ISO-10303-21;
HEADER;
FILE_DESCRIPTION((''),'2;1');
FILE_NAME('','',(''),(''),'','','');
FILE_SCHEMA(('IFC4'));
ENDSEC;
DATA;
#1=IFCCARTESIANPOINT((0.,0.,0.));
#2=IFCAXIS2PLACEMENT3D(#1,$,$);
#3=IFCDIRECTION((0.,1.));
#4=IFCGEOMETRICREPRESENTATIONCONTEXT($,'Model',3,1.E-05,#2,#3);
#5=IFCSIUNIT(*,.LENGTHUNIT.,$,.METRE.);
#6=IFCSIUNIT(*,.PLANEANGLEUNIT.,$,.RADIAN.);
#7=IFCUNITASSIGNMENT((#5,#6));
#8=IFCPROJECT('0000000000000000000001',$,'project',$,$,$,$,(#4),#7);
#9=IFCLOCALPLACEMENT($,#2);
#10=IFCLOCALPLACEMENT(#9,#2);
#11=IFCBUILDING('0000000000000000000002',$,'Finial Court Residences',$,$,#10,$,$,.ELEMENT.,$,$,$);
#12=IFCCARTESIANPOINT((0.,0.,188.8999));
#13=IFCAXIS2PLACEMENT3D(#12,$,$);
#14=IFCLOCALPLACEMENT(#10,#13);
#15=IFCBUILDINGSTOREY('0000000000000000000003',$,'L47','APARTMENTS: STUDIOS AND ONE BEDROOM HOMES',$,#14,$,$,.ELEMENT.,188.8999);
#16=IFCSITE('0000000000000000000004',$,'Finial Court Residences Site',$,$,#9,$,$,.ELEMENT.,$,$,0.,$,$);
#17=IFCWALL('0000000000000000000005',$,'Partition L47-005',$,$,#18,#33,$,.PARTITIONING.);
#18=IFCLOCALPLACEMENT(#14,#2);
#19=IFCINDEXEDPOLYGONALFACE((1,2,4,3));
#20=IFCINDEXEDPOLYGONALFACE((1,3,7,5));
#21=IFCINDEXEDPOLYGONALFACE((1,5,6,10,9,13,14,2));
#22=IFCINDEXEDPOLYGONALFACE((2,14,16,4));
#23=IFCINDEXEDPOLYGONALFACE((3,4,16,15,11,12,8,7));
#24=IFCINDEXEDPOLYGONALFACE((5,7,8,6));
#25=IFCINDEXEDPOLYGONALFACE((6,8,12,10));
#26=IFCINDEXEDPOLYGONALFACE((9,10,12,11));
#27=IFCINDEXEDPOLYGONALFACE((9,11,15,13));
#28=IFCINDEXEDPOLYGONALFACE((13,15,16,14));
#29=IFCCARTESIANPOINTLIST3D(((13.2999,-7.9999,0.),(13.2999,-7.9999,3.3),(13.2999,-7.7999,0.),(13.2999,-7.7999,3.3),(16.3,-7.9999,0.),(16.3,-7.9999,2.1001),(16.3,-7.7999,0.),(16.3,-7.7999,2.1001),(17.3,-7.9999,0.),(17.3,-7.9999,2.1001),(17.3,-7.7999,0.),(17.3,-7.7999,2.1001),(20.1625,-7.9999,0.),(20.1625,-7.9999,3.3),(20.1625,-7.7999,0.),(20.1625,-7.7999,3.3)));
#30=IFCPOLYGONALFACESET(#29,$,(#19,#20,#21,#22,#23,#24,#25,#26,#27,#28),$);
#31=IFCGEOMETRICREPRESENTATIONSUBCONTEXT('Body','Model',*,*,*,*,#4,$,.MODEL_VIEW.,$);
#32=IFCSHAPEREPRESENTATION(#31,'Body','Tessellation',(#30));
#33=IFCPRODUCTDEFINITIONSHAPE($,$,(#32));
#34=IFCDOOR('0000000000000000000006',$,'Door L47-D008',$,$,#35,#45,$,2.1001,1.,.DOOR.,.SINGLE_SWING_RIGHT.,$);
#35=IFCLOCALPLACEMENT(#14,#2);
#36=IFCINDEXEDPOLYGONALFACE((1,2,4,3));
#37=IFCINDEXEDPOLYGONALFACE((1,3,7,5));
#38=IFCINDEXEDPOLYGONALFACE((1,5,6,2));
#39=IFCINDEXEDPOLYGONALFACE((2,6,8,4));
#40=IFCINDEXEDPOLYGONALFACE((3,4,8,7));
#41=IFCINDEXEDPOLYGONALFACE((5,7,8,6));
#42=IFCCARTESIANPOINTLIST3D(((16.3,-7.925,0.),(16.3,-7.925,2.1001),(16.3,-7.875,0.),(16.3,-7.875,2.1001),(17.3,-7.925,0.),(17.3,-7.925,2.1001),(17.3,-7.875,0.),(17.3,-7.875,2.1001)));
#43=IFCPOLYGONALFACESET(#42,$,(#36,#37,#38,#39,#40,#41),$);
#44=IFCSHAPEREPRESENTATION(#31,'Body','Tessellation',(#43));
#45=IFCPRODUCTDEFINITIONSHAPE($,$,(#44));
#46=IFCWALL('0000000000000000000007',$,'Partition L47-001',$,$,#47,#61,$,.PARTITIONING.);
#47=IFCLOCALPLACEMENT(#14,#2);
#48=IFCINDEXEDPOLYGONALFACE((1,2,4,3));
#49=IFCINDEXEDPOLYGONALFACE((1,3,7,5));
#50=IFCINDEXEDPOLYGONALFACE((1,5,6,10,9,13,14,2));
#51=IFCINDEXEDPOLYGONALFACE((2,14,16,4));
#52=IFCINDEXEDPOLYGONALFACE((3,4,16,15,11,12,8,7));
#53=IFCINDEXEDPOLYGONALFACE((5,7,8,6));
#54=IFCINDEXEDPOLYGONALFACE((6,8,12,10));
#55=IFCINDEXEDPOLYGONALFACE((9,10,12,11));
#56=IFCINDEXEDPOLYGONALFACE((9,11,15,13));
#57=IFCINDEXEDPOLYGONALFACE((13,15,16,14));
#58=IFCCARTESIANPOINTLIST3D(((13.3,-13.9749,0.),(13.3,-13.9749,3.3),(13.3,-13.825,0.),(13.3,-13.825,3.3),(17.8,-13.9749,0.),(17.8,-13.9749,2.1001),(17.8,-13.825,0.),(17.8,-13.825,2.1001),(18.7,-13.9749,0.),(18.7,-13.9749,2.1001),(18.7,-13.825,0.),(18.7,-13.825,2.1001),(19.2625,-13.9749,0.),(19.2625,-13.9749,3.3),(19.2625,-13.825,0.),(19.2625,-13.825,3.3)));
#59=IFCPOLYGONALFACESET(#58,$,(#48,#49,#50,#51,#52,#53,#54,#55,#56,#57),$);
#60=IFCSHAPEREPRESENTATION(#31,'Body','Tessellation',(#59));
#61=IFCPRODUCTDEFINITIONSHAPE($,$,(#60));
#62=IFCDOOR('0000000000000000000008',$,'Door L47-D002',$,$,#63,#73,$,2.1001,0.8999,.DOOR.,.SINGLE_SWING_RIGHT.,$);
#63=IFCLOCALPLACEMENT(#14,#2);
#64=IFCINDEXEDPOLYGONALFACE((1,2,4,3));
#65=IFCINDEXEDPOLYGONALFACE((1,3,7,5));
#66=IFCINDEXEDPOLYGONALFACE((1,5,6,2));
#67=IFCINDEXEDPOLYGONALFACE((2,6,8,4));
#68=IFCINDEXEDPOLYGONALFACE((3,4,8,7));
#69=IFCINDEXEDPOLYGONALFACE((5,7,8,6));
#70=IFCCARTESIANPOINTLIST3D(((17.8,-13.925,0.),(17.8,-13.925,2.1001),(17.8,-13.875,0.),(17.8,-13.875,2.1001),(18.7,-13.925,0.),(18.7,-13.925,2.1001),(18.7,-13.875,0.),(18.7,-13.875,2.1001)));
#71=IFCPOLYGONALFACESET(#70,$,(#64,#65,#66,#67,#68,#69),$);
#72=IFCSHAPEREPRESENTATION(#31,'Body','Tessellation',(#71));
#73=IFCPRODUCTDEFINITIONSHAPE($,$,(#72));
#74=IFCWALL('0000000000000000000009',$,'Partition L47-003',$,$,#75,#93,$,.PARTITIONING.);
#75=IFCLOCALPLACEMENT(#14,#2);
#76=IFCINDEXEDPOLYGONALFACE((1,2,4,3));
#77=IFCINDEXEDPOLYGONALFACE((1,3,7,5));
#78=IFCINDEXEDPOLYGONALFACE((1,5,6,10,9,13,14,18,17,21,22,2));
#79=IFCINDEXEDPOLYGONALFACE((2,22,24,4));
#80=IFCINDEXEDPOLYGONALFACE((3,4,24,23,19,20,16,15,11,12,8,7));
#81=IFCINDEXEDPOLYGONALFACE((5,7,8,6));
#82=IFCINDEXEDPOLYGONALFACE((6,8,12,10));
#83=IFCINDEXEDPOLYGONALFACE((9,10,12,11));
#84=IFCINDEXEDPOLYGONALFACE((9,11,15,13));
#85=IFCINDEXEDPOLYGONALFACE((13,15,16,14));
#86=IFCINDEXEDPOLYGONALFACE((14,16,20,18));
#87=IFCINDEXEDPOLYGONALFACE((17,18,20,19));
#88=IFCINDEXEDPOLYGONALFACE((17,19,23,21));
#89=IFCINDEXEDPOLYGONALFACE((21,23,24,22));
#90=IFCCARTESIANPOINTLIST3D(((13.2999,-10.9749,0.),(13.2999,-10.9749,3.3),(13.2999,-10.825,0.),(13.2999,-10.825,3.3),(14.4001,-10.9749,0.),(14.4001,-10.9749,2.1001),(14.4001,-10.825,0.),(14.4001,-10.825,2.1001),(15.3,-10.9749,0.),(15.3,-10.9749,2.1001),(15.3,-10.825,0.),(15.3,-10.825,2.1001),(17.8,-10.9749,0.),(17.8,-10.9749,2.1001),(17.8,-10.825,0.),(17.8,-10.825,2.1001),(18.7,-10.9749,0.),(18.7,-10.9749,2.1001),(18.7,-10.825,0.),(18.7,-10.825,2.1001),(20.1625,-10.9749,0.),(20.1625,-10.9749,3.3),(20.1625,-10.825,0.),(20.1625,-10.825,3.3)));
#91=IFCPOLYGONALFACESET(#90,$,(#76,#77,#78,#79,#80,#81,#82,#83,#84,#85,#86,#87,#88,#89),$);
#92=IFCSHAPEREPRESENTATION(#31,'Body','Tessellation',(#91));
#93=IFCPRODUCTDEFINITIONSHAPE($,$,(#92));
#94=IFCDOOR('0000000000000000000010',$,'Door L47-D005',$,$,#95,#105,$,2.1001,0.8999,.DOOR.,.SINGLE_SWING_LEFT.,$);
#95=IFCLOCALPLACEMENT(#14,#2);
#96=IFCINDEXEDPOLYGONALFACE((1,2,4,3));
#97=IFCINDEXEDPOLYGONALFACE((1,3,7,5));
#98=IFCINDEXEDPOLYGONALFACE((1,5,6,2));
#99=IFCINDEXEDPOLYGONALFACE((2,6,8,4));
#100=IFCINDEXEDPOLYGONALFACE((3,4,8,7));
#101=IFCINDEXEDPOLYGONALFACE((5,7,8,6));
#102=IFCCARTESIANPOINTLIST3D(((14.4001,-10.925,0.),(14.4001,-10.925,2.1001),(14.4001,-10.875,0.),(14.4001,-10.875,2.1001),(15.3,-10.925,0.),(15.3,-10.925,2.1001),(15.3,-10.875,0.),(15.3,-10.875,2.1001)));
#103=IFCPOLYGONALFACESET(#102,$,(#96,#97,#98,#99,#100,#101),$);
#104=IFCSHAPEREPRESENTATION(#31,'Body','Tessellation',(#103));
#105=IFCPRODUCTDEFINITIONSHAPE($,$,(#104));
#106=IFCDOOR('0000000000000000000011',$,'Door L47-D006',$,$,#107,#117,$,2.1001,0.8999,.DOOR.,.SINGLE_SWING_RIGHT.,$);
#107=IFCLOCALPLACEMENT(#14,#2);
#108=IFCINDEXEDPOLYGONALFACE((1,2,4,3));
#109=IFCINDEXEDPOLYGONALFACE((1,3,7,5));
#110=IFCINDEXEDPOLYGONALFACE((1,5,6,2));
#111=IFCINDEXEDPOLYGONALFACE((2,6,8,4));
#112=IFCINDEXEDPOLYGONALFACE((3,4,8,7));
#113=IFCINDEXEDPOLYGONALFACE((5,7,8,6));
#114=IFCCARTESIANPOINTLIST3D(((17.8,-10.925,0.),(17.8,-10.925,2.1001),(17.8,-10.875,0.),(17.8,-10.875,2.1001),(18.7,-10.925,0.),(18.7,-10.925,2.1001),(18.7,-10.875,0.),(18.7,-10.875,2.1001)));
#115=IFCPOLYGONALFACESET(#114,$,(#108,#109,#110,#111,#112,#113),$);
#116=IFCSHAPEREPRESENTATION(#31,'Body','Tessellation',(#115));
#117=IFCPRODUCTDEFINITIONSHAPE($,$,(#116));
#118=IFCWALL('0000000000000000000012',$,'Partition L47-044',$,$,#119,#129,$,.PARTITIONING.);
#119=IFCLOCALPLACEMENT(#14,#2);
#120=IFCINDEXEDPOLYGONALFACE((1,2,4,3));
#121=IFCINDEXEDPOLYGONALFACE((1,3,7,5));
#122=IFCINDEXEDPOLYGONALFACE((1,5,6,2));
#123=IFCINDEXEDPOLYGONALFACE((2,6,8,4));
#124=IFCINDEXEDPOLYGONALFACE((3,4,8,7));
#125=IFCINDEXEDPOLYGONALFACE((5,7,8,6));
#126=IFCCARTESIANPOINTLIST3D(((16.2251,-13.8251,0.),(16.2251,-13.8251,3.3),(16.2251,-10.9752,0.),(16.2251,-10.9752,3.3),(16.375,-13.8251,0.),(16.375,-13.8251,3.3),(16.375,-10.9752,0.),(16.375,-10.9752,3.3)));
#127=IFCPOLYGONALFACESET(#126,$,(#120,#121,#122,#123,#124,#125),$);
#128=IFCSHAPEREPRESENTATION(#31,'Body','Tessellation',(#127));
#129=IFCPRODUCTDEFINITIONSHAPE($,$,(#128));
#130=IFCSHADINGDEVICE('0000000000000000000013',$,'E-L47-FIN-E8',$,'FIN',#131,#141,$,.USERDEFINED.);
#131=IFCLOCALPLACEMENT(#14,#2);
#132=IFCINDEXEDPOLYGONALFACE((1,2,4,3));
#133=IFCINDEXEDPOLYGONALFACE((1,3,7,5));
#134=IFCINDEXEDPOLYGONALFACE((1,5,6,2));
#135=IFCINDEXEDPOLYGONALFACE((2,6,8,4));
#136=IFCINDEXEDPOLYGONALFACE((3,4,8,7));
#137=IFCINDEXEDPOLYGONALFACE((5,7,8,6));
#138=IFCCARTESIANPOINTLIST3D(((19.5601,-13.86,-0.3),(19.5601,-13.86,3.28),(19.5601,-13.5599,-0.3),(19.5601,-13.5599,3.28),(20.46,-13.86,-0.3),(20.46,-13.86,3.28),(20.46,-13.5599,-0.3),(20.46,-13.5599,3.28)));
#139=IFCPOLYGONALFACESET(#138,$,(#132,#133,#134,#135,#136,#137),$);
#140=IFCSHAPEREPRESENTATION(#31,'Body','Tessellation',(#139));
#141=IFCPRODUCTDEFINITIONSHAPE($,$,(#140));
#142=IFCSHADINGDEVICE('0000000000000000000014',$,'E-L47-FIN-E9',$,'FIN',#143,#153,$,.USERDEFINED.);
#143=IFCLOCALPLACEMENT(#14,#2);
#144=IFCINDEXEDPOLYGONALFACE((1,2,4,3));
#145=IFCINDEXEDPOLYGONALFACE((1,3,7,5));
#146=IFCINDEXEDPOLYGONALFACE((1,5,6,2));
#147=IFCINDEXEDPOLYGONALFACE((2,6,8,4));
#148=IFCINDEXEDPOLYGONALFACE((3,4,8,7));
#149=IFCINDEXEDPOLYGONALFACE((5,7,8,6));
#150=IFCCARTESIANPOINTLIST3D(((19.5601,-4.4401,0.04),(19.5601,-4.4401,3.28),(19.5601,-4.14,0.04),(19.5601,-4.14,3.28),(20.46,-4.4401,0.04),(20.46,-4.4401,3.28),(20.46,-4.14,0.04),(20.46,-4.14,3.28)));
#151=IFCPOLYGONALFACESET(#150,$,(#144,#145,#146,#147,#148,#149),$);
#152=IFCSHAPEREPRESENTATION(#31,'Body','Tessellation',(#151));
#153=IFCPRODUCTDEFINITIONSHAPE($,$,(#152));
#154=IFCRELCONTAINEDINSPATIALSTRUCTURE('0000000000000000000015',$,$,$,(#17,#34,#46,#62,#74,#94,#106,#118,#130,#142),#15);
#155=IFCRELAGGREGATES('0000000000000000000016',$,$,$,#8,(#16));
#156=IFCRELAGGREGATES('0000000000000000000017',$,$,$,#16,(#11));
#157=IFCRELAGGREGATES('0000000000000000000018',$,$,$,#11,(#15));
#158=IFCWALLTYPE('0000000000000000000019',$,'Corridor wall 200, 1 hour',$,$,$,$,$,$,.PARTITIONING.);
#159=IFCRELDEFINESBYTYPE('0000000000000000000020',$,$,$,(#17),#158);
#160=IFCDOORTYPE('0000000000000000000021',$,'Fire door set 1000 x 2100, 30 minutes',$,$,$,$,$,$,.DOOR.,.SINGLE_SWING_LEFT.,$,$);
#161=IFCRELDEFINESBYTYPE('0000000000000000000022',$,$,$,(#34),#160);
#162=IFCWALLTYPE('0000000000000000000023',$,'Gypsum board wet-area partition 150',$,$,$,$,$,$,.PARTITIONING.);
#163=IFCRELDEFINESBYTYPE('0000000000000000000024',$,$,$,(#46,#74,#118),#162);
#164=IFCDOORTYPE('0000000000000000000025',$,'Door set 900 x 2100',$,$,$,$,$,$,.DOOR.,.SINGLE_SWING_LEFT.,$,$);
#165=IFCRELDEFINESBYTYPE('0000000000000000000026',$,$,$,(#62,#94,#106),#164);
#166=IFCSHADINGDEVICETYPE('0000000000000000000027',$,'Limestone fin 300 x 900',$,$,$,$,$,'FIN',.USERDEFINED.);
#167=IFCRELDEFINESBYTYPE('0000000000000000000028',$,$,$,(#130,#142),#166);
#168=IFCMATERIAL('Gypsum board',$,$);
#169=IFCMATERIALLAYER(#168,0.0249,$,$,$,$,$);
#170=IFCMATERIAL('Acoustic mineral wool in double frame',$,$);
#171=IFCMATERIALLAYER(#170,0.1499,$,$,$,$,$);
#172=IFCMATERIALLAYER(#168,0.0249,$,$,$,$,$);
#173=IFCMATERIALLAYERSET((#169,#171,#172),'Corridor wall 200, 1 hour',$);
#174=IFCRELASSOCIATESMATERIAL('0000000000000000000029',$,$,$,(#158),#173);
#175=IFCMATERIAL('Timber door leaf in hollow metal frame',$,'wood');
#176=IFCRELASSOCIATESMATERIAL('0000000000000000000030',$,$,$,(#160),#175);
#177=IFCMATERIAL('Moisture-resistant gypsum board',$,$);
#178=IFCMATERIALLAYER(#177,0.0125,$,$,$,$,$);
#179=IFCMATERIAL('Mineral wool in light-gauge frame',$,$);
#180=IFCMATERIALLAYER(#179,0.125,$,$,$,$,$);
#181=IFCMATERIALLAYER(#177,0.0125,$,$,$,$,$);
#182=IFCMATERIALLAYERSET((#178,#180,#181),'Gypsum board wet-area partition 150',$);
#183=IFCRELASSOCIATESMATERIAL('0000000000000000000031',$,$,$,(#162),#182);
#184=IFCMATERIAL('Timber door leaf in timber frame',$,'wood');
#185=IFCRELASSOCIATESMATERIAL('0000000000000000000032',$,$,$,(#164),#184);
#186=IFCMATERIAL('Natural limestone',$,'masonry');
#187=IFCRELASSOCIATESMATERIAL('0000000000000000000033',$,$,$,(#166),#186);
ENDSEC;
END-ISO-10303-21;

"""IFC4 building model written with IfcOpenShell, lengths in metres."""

from ifc_helpers import new_model, si_unit, direction, frame, frame_2d, origin, origin_2d, place, context, subcontext, project, spatial, rectangle, extrude, material, layer, layer_set, type_object, element, fill, save


model = new_model("IFC4")

# Units and contexts
model_context = context("Model", 3, precision=1e-05, world=origin(), true_north=direction((0.0, 1.0)))
body_context = subcontext(model_context, "Body", "Model", "MODEL_VIEW")
ifc_project = project(units=[si_unit("LENGTHUNIT", "METRE"), si_unit("PLANEANGLEUNIT", "RADIAN")], contexts=[model_context])

# Site, building, storey
site_placement = place(None, origin())
site = spatial("IfcSite", under=ifc_project, at=site_placement, Name="Finial Court Residences Site", CompositionType="ELEMENT", RefElevation=0.0)
building_placement = place(site_placement, origin())
building = spatial("IfcBuilding", under=site, at=building_placement, Name="Finial Court Residences", CompositionType="ELEMENT")
storey_placement = place(building_placement, frame((0.0, 0.0, 188.8999)))
storey = spatial("IfcBuildingStorey", under=building, at=storey_placement, Name="L47", Description="APARTMENTS: STUDIOS AND ONE BEDROOM HOMES", CompositionType="ELEMENT", Elevation=188.8999)

# Walls, openings, doors
ifc_material_1 = material(Name="Gypsum board")
ifc_layer_1 = layer(ifc_material_1, 0.0249)
ifc_material_2 = material(Name="Acoustic mineral wool in double frame")
ifc_layer_2 = layer(ifc_material_2, 0.1499)
ifc_layer_3 = layer(ifc_material_1, 0.0249)
ifc_layer_set_1 = layer_set([ifc_layer_1, ifc_layer_2, ifc_layer_3], Name="Corridor wall 200, 1 hour")
wall_type_1 = type_object("IfcWallType", Name="Corridor wall 200, 1 hour", PredefinedType="PARTITIONING", material=ifc_layer_set_1)
wall_1_placement = place(storey_placement, frame((13.3, -7.8999, 0.0), z_axis=(0.0, 0.0, 1.0), x_axis=(1.0, 0.0, 0.0)))
wall_1 = element("IfcWall", 1, at=wall_1_placement, inside=storey, type_object=wall_type_1, Name="Partition L47-005", PredefinedType="PARTITIONING", context=body_context, shape_type="SweptSolid", body=[
    extrude(rectangle(XDim=6.8625, YDim=0.2, at=frame_2d((3.4312, 0.0))), origin(), (0.0, 0.0, 1.0), 3.3),
])
opening_1_placement = place(wall_1_placement, frame((3.0, 0.0, 0.0)))
opening_1 = element("IfcOpeningElement", 2, at=opening_1_placement, cuts=wall_1, PredefinedType="OPENING", context=body_context, shape_type="SweptSolid", body=[
    extrude(rectangle(XDim=1.0, YDim=2.1001, at=frame_2d((0.5, 1.05))), frame((0.0, 0.1099, 0.0), z_axis=(0.0, -1.0, 0.0), x_axis=(1.0, 0.0, 0.0)), (0.0, 0.0, 1.0), 0.22),
])
ifc_material_3 = material(Name="Timber door leaf in hollow metal frame", Category="wood")
door_type_1 = type_object("IfcDoorType", Name="Fire door set 1000 x 2100, 30 minutes", OperationType="SINGLE_SWING_LEFT", PredefinedType="DOOR", material=ifc_material_3)
door_1_placement = place(opening_1_placement, origin())
door_1 = element("IfcDoor", 3, at=door_1_placement, inside=storey, type_object=door_type_1, Name="Door L47-D008", OperationType="SINGLE_SWING_RIGHT", OverallHeight=2.1001, OverallWidth=1.0, PredefinedType="DOOR", context=body_context, shape_type="SweptSolid", body=[
    extrude(rectangle(XDim=1.0, YDim=2.1001, at=frame_2d((0.5, 1.05))), frame((0.0, 0.0249, 0.0), z_axis=(0.0, -1.0, 0.0), x_axis=(1.0, 0.0, 0.0)), (0.0, 0.0, 1.0), 0.05),
])
fill(opening_1, door_1)
ifc_material_4 = material(Name="Moisture-resistant gypsum board")
ifc_layer_4 = layer(ifc_material_4, 0.0125)
ifc_material_5 = material(Name="Mineral wool in light-gauge frame")
ifc_layer_5 = layer(ifc_material_5, 0.125)
ifc_layer_6 = layer(ifc_material_4, 0.0125)
ifc_layer_set_2 = layer_set([ifc_layer_4, ifc_layer_5, ifc_layer_6], Name="Gypsum board wet-area partition 150")
wall_type_2 = type_object("IfcWallType", Name="Gypsum board wet-area partition 150", PredefinedType="PARTITIONING", material=ifc_layer_set_2)
wall_2_placement = place(storey_placement, frame((13.3, -13.8999, 0.0), z_axis=(0.0, 0.0, 1.0), x_axis=(1.0, 0.0, 0.0)))
wall_2 = element("IfcWall", 4, at=wall_2_placement, inside=storey, type_object=wall_type_2, Name="Partition L47-001", PredefinedType="PARTITIONING", context=body_context, shape_type="SweptSolid", body=[
    extrude(rectangle(XDim=5.9624, YDim=0.1499, at=frame_2d((2.9812, 0.0))), origin(), (0.0, 0.0, 1.0), 3.3),
])
opening_2_placement = place(wall_2_placement, frame((4.5, 0.0, 0.0)))
opening_2 = element("IfcOpeningElement", 5, at=opening_2_placement, cuts=wall_2, PredefinedType="OPENING", context=body_context, shape_type="SweptSolid", body=[
    extrude(rectangle(XDim=0.8999, YDim=2.1001, at=frame_2d((0.45, 1.05))), frame((0.0, 0.085, 0.0), z_axis=(0.0, -1.0, 0.0), x_axis=(1.0, 0.0, 0.0)), (0.0, 0.0, 1.0), 0.1699),
])
ifc_material_6 = material(Name="Timber door leaf in timber frame", Category="wood")
door_type_2 = type_object("IfcDoorType", Name="Door set 900 x 2100", OperationType="SINGLE_SWING_LEFT", PredefinedType="DOOR", material=ifc_material_6)
door_2_placement = place(opening_2_placement, origin())
door_2 = element("IfcDoor", 6, at=door_2_placement, inside=storey, type_object=door_type_2, Name="Door L47-D002", OperationType="SINGLE_SWING_RIGHT", OverallHeight=2.1001, OverallWidth=0.8999, PredefinedType="DOOR", context=body_context, shape_type="SweptSolid", body=[
    extrude(rectangle(XDim=0.8999, YDim=2.1001, at=frame_2d((0.45, 1.05))), frame((0.0, 0.0249, 0.0), z_axis=(0.0, -1.0, 0.0), x_axis=(1.0, 0.0, 0.0)), (0.0, 0.0, 1.0), 0.05),
])
fill(opening_2, door_2)

# Wall, openings, doors
wall_3_placement = place(storey_placement, frame((13.3, -10.8999, 0.0), z_axis=(0.0, 0.0, 1.0), x_axis=(1.0, 0.0, 0.0)))
wall_3 = element("IfcWall", 7, at=wall_3_placement, inside=storey, type_object=wall_type_2, Name="Partition L47-003", PredefinedType="PARTITIONING", context=body_context, shape_type="SweptSolid", body=[
    extrude(rectangle(XDim=6.8625, YDim=0.1499, at=frame_2d((3.4312, 0.0))), origin(), (0.0, 0.0, 1.0), 3.3),
])
opening_3_placement = place(wall_3_placement, frame((1.1001, 0.0, 0.0)))
opening_3 = element("IfcOpeningElement", 8, at=opening_3_placement, cuts=wall_3, PredefinedType="OPENING", context=body_context, shape_type="SweptSolid", body=[
    extrude(rectangle(XDim=0.8999, YDim=2.1001, at=frame_2d((0.45, 1.05))), frame((0.0, 0.085, 0.0), z_axis=(0.0, -1.0, 0.0), x_axis=(1.0, 0.0, 0.0)), (0.0, 0.0, 1.0), 0.1699),
])
opening_4_placement = place(wall_3_placement, frame((4.5, 0.0, 0.0)))
opening_4 = element("IfcOpeningElement", 9, at=opening_4_placement, cuts=wall_3, PredefinedType="OPENING", context=body_context, shape_type="SweptSolid", body=[
    extrude(rectangle(XDim=0.8999, YDim=2.1001, at=frame_2d((0.45, 1.05))), frame((0.0, 0.085, 0.0), z_axis=(0.0, -1.0, 0.0), x_axis=(1.0, 0.0, 0.0)), (0.0, 0.0, 1.0), 0.1699),
])
door_3_placement = place(opening_3_placement, origin())
door_3 = element("IfcDoor", 10, at=door_3_placement, inside=storey, type_object=door_type_2, Name="Door L47-D005", OperationType="SINGLE_SWING_LEFT", OverallHeight=2.1001, OverallWidth=0.8999, PredefinedType="DOOR", context=body_context, shape_type="SweptSolid", body=[
    extrude(rectangle(XDim=0.8999, YDim=2.1001, at=frame_2d((0.45, 1.05))), frame((0.0, 0.0249, 0.0), z_axis=(0.0, -1.0, 0.0), x_axis=(1.0, 0.0, 0.0)), (0.0, 0.0, 1.0), 0.05),
])
fill(opening_3, door_3)
door_4_placement = place(opening_4_placement, origin())
door_4 = element("IfcDoor", 11, at=door_4_placement, inside=storey, type_object=door_type_2, Name="Door L47-D006", OperationType="SINGLE_SWING_RIGHT", OverallHeight=2.1001, OverallWidth=0.8999, PredefinedType="DOOR", context=body_context, shape_type="SweptSolid", body=[
    extrude(rectangle(XDim=0.8999, YDim=2.1001, at=frame_2d((0.45, 1.05))), frame((0.0, 0.0249, 0.0), z_axis=(0.0, -1.0, 0.0), x_axis=(1.0, 0.0, 0.0)), (0.0, 0.0, 1.0), 0.05),
])
fill(opening_4, door_4)

# Wall
wall_4_placement = place(storey_placement, frame((16.3, -13.825, 0.0), z_axis=(0.0, 0.0, 1.0), x_axis=(0.0, 1.0, 0.0)))
element("IfcWall", 12, at=wall_4_placement, inside=storey, type_object=wall_type_2, Name="Partition L47-044", PredefinedType="PARTITIONING", context=body_context, shape_type="SweptSolid", body=[
    extrude(rectangle(XDim=2.8499, YDim=0.1499, at=frame_2d((1.4248, 0.0))), origin(), (0.0, 0.0, 1.0), 3.3),
])

# Shading devices
ifc_material_7 = material(Name="Natural limestone", Category="masonry")
shading_device_type = type_object("IfcShadingDeviceType", Name="Limestone fin 300 x 900", ElementType="FIN", PredefinedType="USERDEFINED", material=ifc_material_7)
shading_device_1_placement = place(storey_placement, frame((20.01, -13.71, -0.3), z_axis=(0.0, 0.0, 1.0), x_axis=(1.0, 0.0, 0.0)))
element("IfcShadingDevice", 13, at=shading_device_1_placement, inside=storey, type_object=shading_device_type, Name="E-L47-FIN-E8", ObjectType="FIN", PredefinedType="USERDEFINED", context=body_context, shape_type="SweptSolid", body=[
    extrude(rectangle(XDim=0.8999, YDim=0.3, at=origin_2d()), origin(), (0.0, 0.0, 1.0), 3.5801),
])
shading_device_2_placement = place(storey_placement, frame((20.01, -4.29, 0.04), z_axis=(0.0, 0.0, 1.0), x_axis=(1.0, 0.0, 0.0)))
element("IfcShadingDevice", 14, at=shading_device_2_placement, inside=storey, type_object=shading_device_type, Name="E-L47-FIN-E9", ObjectType="FIN", PredefinedType="USERDEFINED", context=body_context, shape_type="SweptSolid", body=[
    extrude(rectangle(XDim=0.8999, YDim=0.3, at=origin_2d()), origin(), (0.0, 0.0, 1.0), 3.24),
])

save(model, "model.ifc")
